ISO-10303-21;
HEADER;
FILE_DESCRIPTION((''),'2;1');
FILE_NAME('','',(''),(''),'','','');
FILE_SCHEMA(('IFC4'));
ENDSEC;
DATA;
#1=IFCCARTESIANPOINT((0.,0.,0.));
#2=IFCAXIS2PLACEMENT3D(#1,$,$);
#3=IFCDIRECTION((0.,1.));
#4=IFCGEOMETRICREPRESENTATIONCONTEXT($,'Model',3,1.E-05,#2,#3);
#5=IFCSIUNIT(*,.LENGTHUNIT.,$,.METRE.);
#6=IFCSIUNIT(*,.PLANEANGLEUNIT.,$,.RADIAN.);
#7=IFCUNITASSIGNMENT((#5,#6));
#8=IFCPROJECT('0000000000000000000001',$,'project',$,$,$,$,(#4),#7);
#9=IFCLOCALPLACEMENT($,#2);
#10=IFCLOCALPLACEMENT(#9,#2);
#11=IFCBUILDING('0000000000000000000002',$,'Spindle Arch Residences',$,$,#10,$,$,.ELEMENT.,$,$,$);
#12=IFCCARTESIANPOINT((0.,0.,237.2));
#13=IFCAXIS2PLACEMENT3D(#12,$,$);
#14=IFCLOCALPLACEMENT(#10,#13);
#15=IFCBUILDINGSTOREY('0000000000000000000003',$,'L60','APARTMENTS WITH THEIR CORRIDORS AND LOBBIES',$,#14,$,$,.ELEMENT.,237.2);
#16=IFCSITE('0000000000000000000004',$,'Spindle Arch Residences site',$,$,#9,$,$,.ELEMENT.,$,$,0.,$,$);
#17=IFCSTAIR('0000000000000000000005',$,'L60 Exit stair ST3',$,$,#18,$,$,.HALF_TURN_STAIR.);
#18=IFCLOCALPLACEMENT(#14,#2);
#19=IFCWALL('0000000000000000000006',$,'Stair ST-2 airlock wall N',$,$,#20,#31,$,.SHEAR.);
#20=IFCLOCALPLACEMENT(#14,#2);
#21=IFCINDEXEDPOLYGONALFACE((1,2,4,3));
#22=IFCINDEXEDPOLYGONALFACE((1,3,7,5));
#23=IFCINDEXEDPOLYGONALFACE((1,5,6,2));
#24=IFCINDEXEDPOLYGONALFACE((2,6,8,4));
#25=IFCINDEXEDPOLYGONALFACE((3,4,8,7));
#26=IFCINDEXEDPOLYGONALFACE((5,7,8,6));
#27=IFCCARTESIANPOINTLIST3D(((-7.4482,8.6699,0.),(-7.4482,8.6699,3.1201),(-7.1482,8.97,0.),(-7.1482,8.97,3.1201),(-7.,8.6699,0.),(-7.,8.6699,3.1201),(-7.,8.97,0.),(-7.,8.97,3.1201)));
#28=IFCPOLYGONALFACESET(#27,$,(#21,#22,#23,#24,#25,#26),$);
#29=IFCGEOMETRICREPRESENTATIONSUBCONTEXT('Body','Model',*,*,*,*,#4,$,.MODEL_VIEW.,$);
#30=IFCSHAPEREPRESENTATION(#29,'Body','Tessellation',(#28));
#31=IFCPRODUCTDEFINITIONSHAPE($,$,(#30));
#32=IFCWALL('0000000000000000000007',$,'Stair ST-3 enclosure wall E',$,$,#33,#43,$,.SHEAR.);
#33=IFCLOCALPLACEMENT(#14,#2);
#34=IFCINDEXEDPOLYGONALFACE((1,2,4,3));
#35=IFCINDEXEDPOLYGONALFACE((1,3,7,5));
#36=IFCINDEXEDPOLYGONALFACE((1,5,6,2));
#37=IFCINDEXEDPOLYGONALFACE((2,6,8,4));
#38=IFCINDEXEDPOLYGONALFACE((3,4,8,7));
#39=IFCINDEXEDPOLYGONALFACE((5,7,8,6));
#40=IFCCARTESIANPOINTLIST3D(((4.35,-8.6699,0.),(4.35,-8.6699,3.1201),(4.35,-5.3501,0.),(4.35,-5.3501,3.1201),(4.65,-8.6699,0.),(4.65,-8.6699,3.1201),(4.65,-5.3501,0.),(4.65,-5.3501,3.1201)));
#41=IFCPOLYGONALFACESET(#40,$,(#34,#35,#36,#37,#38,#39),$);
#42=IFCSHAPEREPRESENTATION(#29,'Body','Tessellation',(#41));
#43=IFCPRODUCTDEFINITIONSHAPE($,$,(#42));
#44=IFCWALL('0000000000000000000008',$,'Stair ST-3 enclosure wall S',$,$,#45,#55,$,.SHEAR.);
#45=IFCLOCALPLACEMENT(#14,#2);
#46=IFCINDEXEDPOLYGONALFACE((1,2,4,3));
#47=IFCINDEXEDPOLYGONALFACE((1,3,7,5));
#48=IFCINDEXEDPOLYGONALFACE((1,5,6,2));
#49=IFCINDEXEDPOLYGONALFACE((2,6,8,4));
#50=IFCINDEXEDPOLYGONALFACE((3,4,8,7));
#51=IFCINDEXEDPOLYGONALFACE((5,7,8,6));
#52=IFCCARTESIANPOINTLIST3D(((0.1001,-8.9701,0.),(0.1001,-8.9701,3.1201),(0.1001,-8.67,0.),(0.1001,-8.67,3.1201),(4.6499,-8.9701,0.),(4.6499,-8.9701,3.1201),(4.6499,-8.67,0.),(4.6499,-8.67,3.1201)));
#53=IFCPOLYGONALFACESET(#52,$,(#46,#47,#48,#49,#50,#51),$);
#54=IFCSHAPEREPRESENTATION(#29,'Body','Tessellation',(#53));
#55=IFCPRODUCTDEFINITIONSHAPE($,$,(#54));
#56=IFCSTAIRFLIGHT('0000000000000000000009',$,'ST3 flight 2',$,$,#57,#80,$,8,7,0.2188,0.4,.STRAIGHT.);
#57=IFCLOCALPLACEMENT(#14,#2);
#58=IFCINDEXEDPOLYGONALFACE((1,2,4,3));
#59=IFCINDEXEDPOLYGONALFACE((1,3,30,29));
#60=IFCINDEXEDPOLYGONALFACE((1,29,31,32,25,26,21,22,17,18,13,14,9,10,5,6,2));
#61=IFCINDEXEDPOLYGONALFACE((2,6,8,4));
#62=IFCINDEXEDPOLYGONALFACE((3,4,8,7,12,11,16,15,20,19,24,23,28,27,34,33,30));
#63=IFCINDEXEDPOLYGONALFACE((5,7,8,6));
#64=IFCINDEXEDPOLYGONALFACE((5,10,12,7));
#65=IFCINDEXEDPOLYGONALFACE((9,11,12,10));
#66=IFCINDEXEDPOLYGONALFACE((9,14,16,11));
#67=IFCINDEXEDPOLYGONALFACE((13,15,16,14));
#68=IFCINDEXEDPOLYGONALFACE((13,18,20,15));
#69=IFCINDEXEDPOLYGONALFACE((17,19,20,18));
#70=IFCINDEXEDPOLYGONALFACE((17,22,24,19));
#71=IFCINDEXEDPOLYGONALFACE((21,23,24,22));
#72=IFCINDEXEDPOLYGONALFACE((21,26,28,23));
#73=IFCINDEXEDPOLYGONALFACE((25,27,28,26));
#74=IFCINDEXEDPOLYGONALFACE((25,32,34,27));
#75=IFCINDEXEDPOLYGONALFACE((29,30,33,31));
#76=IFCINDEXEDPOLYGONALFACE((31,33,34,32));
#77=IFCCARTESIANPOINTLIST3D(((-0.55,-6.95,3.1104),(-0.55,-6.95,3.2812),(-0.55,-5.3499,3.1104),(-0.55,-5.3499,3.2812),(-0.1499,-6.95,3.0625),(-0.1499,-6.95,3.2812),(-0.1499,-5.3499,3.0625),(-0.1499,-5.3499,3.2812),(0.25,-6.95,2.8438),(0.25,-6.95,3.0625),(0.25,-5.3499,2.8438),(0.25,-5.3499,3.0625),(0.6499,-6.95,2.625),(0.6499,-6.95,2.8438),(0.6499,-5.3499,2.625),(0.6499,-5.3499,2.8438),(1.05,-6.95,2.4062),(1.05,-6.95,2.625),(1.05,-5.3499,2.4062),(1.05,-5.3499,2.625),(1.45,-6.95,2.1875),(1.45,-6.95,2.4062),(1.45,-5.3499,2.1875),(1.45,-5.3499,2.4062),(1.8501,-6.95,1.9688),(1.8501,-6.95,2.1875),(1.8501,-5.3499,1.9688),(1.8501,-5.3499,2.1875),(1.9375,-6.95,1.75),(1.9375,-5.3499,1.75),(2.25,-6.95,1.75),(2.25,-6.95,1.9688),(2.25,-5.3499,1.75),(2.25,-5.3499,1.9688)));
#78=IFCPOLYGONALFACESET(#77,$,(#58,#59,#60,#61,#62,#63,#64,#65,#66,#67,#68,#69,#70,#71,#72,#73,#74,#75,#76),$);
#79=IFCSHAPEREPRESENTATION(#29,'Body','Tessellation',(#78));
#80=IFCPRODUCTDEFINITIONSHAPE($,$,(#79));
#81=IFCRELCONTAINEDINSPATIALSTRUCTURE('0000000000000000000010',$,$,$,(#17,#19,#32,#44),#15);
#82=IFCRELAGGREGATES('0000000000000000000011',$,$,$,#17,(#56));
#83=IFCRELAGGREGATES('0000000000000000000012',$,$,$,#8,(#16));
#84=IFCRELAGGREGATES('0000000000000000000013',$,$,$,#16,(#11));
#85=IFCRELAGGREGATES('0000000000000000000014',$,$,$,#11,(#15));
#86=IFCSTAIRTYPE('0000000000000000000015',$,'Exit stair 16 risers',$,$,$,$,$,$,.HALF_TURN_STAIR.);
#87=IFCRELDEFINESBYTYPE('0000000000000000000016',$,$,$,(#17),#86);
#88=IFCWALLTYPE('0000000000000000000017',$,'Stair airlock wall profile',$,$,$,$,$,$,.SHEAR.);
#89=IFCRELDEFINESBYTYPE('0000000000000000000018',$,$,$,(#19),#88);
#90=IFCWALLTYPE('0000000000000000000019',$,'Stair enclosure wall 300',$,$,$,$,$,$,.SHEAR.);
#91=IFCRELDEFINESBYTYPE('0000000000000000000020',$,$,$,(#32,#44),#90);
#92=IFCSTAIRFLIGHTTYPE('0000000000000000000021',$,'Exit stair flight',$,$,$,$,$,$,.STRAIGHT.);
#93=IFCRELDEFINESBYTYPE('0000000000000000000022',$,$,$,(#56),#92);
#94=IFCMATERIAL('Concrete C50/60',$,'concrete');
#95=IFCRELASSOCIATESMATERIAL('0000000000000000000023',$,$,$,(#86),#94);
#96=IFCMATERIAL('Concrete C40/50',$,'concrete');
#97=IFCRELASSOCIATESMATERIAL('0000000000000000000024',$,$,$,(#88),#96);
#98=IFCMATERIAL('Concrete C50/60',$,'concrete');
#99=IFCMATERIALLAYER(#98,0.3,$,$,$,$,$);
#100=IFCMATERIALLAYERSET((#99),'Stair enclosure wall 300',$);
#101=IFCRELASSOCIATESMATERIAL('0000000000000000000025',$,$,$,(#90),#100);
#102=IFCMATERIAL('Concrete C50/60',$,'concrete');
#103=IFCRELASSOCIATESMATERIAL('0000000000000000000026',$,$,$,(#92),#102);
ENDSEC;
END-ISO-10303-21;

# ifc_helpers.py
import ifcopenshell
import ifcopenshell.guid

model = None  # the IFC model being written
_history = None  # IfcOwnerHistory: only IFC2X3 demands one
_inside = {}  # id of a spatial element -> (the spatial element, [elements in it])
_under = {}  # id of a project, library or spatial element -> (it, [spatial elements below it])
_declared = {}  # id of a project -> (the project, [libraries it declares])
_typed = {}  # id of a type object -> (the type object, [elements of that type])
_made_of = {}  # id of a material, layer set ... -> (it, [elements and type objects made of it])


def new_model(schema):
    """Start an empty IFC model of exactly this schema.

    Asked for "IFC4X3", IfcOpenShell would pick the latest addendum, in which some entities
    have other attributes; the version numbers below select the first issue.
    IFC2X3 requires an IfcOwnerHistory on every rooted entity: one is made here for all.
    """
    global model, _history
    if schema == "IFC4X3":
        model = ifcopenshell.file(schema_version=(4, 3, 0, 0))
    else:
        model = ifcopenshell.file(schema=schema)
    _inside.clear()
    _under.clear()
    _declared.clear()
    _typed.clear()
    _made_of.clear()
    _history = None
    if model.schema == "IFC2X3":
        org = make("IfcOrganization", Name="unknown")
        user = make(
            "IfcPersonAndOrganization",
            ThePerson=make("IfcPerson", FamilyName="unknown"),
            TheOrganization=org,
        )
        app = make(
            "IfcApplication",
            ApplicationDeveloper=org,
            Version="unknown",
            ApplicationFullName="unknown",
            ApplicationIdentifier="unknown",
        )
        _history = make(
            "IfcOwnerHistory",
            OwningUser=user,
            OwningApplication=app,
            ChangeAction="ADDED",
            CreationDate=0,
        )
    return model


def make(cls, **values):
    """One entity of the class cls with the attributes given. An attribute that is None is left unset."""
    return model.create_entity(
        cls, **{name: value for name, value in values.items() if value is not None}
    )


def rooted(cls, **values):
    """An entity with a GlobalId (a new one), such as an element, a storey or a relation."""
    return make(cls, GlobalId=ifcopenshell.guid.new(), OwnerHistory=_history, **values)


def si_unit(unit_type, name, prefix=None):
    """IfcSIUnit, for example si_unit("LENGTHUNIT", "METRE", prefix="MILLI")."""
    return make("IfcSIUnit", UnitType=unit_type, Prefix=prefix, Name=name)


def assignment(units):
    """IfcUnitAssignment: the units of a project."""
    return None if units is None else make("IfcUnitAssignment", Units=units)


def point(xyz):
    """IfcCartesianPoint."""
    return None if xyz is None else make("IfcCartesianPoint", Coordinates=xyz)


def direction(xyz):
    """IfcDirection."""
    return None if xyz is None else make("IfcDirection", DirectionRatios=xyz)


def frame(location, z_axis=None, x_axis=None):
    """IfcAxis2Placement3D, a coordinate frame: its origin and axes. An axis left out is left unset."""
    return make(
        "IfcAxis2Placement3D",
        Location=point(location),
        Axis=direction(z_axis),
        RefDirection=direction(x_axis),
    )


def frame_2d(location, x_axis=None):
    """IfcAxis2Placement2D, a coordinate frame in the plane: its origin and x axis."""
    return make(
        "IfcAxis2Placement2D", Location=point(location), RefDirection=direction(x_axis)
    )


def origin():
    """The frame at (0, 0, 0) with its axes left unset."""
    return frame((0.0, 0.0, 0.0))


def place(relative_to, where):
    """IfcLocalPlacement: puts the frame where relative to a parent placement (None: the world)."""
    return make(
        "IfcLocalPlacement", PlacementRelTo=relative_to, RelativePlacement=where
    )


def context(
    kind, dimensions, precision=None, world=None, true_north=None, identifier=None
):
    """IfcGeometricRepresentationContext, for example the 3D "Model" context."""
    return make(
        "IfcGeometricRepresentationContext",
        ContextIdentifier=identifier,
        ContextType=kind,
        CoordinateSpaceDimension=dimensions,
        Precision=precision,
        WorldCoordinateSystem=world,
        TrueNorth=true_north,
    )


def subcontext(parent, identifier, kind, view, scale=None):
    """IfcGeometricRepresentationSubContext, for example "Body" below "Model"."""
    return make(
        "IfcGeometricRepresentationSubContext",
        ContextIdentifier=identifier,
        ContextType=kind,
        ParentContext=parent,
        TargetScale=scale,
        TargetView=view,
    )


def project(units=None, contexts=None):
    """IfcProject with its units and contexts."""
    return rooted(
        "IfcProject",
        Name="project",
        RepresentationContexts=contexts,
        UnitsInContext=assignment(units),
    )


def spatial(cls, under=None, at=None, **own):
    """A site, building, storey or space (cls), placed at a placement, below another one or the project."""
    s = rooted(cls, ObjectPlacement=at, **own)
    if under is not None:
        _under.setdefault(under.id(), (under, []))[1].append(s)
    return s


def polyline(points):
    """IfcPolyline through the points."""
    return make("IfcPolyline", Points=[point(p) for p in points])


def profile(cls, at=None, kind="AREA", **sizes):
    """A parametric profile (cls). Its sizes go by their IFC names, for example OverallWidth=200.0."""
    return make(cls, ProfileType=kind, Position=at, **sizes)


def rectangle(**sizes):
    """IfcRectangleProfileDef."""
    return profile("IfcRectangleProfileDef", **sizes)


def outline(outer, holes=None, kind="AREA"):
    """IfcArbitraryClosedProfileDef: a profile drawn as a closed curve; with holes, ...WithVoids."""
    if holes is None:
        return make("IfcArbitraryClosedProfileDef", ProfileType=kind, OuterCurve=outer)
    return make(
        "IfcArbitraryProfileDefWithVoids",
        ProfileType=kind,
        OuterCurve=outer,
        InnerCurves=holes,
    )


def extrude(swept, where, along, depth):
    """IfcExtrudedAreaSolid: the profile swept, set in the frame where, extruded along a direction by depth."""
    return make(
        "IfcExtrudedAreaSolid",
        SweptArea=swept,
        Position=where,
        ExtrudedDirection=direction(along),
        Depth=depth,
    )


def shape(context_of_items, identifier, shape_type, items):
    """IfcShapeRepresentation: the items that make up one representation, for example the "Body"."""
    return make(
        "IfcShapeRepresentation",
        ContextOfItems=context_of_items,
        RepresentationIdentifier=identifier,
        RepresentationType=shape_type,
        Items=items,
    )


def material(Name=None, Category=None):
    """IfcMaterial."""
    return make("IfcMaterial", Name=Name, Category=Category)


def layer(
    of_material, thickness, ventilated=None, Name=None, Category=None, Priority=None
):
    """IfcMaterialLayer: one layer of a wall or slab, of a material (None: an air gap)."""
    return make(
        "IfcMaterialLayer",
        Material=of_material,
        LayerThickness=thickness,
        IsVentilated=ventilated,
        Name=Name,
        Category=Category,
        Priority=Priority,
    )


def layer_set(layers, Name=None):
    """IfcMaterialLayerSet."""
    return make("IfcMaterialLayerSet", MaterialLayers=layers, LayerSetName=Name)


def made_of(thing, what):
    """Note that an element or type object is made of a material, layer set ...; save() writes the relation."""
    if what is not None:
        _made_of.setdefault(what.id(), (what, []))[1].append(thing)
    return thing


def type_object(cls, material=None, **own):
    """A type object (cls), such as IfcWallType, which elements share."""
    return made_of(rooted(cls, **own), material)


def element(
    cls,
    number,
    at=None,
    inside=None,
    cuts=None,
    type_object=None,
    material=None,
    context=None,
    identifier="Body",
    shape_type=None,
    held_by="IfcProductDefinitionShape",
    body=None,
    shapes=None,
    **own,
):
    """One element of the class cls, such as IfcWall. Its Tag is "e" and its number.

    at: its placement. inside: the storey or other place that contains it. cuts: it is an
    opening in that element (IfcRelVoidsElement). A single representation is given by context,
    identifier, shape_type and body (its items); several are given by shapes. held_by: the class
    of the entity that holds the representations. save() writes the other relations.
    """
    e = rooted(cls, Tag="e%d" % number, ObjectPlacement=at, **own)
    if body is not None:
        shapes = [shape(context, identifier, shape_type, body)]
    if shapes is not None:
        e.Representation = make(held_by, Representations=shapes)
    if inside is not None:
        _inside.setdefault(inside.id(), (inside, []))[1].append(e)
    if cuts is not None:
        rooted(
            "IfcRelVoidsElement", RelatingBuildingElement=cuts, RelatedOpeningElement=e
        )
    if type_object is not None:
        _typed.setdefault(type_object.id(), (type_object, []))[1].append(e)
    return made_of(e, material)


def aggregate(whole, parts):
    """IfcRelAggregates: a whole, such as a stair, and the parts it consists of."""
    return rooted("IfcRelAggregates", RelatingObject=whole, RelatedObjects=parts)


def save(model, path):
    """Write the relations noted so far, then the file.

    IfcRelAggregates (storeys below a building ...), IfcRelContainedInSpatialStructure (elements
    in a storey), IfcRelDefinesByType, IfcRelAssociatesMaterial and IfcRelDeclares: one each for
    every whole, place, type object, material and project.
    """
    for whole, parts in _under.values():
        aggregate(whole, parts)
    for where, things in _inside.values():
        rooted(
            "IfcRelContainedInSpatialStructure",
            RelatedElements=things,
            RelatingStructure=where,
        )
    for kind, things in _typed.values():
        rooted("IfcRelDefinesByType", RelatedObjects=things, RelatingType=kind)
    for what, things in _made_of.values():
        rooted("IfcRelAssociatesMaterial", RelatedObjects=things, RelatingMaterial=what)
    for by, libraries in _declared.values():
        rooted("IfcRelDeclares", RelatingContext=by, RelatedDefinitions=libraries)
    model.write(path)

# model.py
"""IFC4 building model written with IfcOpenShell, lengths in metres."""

from ifc_helpers import new_model, si_unit, direction, frame, frame_2d, origin, place, context, subcontext, project, spatial, polyline, rectangle, outline, extrude, material, layer, layer_set, type_object, element, aggregate, save


model = new_model("IFC4")

# Units and contexts
model_context = context("Model", 3, precision=1e-05, world=origin(), true_north=direction((0.0, 1.0)))
body_context = subcontext(model_context, "Body", "Model", "MODEL_VIEW")
ifc_project = project(units=[si_unit("LENGTHUNIT", "METRE"), si_unit("PLANEANGLEUNIT", "RADIAN")], contexts=[model_context])

# Site, building, storey
site_placement = place(None, origin())
site = spatial("IfcSite", under=ifc_project, at=site_placement, Name="Spindle Arch Residences site", CompositionType="ELEMENT", RefElevation=0.0)
building_placement = place(site_placement, origin())
building = spatial("IfcBuilding", under=site, at=building_placement, Name="Spindle Arch Residences", CompositionType="ELEMENT")
storey_placement = place(building_placement, frame((0.0, 0.0, 237.2)))
storey = spatial("IfcBuildingStorey", under=building, at=storey_placement, Name="L60", Description="APARTMENTS WITH THEIR CORRIDORS AND LOBBIES", CompositionType="ELEMENT", Elevation=237.2)

# Stair
ifc_material_1 = material(Name="Concrete C50/60", Category="concrete")
stair_type = type_object("IfcStairType", Name="Exit stair 16 risers", PredefinedType="HALF_TURN_STAIR", material=ifc_material_1)
stair_1_placement = place(storey_placement, origin())
stair_1 = element("IfcStair", 1, at=stair_1_placement, inside=storey, type_object=stair_type, Name="L60 Exit stair ST3", PredefinedType="HALF_TURN_STAIR")

# Walls
ifc_material_2 = material(Name="Concrete C40/50", Category="concrete")
wall_type_1 = type_object("IfcWallType", Name="Stair airlock wall profile", PredefinedType="SHEAR", material=ifc_material_2)
wall_1_placement = place(storey_placement, origin())
element("IfcWall", 2, at=wall_1_placement, inside=storey, type_object=wall_type_1, Name="Stair ST-2 airlock wall N", PredefinedType="SHEAR", context=body_context, shape_type="SweptSolid", body=[
    extrude(outline(polyline([(-7.1482, 8.97), (-7.0, 8.97), (-7.0, 8.6699), (-7.4482, 8.6699), (-7.1482, 8.97)])), origin(), (0.0, 0.0, 1.0), 3.1201),
])
ifc_material_3 = material(Name="Concrete C50/60", Category="concrete")
ifc_layer_1 = layer(ifc_material_3, 0.3)
ifc_layer_set_1 = layer_set([ifc_layer_1], Name="Stair enclosure wall 300")
wall_type_2 = type_object("IfcWallType", Name="Stair enclosure wall 300", PredefinedType="SHEAR", material=ifc_layer_set_1)
wall_2_placement = place(storey_placement, frame((4.5, -8.6699, 0.0), z_axis=(0.0, 0.0, 1.0), x_axis=(0.0, 1.0, 0.0)))
element("IfcWall", 3, at=wall_2_placement, inside=storey, type_object=wall_type_2, Name="Stair ST-3 enclosure wall E", PredefinedType="SHEAR", context=body_context, shape_type="SweptSolid", body=[
    extrude(rectangle(XDim=3.3198, YDim=0.3, at=frame_2d((1.6599, 0.0))), origin(), (0.0, 0.0, 1.0), 3.1201),
])
wall_3_placement = place(storey_placement, frame((0.1001, -8.8201, 0.0), z_axis=(0.0, 0.0, 1.0), x_axis=(1.0, 0.0, 0.0)))
element("IfcWall", 4, at=wall_3_placement, inside=storey, type_object=wall_type_2, Name="Stair ST-3 enclosure wall S", PredefinedType="SHEAR", context=body_context, shape_type="SweptSolid", body=[
    extrude(rectangle(XDim=4.5498, YDim=0.3, at=frame_2d((2.2749, 0.0))), origin(), (0.0, 0.0, 1.0), 3.1201),
])

# Stair flight
ifc_material_4 = material(Name="Concrete C50/60", Category="concrete")
stair_flight_type = type_object("IfcStairFlightType", Name="Exit stair flight", PredefinedType="STRAIGHT", material=ifc_material_4)
stair_flight_placement = place(storey_placement, frame((2.25, -6.1499, 1.75), z_axis=(0.0, 0.0, 1.0), x_axis=(-1.0, 0.0, 0.0)))
stair_flight = element("IfcStairFlight", 5, at=stair_flight_placement, type_object=stair_flight_type, Name="ST3 flight 2", NumberOfRisers=8, NumberOfTreads=7, PredefinedType="STRAIGHT", RiserHeight=0.2188, TreadLength=0.4, context=body_context, shape_type="SweptSolid", body=[
    extrude(outline(polyline([(0.0, 0.0), (0.0, 0.2188), (0.3999, 0.2188), (0.3999, 0.4375), (0.8, 0.4375), (0.8, 0.6562), (1.2, 0.6562), (1.2, 0.875), (1.6001, 0.875), (1.6001, 1.0938), (2.0, 1.0938), (2.0, 1.3125), (2.3999, 1.3125), (2.3999, 1.5312), (2.8, 1.5312), (2.8, 1.75), (2.8, 1.3604), (0.3125, 0.0), (0.0, 0.0)])), frame((0.0, 0.8, 0.0), z_axis=(0.0, -1.0, 0.0), x_axis=(1.0, 0.0, 0.0)), (0.0, 0.0, 1.0), 1.6001),
])
aggregate(stair_1, [stair_flight])

save(model, "model.ifc")
